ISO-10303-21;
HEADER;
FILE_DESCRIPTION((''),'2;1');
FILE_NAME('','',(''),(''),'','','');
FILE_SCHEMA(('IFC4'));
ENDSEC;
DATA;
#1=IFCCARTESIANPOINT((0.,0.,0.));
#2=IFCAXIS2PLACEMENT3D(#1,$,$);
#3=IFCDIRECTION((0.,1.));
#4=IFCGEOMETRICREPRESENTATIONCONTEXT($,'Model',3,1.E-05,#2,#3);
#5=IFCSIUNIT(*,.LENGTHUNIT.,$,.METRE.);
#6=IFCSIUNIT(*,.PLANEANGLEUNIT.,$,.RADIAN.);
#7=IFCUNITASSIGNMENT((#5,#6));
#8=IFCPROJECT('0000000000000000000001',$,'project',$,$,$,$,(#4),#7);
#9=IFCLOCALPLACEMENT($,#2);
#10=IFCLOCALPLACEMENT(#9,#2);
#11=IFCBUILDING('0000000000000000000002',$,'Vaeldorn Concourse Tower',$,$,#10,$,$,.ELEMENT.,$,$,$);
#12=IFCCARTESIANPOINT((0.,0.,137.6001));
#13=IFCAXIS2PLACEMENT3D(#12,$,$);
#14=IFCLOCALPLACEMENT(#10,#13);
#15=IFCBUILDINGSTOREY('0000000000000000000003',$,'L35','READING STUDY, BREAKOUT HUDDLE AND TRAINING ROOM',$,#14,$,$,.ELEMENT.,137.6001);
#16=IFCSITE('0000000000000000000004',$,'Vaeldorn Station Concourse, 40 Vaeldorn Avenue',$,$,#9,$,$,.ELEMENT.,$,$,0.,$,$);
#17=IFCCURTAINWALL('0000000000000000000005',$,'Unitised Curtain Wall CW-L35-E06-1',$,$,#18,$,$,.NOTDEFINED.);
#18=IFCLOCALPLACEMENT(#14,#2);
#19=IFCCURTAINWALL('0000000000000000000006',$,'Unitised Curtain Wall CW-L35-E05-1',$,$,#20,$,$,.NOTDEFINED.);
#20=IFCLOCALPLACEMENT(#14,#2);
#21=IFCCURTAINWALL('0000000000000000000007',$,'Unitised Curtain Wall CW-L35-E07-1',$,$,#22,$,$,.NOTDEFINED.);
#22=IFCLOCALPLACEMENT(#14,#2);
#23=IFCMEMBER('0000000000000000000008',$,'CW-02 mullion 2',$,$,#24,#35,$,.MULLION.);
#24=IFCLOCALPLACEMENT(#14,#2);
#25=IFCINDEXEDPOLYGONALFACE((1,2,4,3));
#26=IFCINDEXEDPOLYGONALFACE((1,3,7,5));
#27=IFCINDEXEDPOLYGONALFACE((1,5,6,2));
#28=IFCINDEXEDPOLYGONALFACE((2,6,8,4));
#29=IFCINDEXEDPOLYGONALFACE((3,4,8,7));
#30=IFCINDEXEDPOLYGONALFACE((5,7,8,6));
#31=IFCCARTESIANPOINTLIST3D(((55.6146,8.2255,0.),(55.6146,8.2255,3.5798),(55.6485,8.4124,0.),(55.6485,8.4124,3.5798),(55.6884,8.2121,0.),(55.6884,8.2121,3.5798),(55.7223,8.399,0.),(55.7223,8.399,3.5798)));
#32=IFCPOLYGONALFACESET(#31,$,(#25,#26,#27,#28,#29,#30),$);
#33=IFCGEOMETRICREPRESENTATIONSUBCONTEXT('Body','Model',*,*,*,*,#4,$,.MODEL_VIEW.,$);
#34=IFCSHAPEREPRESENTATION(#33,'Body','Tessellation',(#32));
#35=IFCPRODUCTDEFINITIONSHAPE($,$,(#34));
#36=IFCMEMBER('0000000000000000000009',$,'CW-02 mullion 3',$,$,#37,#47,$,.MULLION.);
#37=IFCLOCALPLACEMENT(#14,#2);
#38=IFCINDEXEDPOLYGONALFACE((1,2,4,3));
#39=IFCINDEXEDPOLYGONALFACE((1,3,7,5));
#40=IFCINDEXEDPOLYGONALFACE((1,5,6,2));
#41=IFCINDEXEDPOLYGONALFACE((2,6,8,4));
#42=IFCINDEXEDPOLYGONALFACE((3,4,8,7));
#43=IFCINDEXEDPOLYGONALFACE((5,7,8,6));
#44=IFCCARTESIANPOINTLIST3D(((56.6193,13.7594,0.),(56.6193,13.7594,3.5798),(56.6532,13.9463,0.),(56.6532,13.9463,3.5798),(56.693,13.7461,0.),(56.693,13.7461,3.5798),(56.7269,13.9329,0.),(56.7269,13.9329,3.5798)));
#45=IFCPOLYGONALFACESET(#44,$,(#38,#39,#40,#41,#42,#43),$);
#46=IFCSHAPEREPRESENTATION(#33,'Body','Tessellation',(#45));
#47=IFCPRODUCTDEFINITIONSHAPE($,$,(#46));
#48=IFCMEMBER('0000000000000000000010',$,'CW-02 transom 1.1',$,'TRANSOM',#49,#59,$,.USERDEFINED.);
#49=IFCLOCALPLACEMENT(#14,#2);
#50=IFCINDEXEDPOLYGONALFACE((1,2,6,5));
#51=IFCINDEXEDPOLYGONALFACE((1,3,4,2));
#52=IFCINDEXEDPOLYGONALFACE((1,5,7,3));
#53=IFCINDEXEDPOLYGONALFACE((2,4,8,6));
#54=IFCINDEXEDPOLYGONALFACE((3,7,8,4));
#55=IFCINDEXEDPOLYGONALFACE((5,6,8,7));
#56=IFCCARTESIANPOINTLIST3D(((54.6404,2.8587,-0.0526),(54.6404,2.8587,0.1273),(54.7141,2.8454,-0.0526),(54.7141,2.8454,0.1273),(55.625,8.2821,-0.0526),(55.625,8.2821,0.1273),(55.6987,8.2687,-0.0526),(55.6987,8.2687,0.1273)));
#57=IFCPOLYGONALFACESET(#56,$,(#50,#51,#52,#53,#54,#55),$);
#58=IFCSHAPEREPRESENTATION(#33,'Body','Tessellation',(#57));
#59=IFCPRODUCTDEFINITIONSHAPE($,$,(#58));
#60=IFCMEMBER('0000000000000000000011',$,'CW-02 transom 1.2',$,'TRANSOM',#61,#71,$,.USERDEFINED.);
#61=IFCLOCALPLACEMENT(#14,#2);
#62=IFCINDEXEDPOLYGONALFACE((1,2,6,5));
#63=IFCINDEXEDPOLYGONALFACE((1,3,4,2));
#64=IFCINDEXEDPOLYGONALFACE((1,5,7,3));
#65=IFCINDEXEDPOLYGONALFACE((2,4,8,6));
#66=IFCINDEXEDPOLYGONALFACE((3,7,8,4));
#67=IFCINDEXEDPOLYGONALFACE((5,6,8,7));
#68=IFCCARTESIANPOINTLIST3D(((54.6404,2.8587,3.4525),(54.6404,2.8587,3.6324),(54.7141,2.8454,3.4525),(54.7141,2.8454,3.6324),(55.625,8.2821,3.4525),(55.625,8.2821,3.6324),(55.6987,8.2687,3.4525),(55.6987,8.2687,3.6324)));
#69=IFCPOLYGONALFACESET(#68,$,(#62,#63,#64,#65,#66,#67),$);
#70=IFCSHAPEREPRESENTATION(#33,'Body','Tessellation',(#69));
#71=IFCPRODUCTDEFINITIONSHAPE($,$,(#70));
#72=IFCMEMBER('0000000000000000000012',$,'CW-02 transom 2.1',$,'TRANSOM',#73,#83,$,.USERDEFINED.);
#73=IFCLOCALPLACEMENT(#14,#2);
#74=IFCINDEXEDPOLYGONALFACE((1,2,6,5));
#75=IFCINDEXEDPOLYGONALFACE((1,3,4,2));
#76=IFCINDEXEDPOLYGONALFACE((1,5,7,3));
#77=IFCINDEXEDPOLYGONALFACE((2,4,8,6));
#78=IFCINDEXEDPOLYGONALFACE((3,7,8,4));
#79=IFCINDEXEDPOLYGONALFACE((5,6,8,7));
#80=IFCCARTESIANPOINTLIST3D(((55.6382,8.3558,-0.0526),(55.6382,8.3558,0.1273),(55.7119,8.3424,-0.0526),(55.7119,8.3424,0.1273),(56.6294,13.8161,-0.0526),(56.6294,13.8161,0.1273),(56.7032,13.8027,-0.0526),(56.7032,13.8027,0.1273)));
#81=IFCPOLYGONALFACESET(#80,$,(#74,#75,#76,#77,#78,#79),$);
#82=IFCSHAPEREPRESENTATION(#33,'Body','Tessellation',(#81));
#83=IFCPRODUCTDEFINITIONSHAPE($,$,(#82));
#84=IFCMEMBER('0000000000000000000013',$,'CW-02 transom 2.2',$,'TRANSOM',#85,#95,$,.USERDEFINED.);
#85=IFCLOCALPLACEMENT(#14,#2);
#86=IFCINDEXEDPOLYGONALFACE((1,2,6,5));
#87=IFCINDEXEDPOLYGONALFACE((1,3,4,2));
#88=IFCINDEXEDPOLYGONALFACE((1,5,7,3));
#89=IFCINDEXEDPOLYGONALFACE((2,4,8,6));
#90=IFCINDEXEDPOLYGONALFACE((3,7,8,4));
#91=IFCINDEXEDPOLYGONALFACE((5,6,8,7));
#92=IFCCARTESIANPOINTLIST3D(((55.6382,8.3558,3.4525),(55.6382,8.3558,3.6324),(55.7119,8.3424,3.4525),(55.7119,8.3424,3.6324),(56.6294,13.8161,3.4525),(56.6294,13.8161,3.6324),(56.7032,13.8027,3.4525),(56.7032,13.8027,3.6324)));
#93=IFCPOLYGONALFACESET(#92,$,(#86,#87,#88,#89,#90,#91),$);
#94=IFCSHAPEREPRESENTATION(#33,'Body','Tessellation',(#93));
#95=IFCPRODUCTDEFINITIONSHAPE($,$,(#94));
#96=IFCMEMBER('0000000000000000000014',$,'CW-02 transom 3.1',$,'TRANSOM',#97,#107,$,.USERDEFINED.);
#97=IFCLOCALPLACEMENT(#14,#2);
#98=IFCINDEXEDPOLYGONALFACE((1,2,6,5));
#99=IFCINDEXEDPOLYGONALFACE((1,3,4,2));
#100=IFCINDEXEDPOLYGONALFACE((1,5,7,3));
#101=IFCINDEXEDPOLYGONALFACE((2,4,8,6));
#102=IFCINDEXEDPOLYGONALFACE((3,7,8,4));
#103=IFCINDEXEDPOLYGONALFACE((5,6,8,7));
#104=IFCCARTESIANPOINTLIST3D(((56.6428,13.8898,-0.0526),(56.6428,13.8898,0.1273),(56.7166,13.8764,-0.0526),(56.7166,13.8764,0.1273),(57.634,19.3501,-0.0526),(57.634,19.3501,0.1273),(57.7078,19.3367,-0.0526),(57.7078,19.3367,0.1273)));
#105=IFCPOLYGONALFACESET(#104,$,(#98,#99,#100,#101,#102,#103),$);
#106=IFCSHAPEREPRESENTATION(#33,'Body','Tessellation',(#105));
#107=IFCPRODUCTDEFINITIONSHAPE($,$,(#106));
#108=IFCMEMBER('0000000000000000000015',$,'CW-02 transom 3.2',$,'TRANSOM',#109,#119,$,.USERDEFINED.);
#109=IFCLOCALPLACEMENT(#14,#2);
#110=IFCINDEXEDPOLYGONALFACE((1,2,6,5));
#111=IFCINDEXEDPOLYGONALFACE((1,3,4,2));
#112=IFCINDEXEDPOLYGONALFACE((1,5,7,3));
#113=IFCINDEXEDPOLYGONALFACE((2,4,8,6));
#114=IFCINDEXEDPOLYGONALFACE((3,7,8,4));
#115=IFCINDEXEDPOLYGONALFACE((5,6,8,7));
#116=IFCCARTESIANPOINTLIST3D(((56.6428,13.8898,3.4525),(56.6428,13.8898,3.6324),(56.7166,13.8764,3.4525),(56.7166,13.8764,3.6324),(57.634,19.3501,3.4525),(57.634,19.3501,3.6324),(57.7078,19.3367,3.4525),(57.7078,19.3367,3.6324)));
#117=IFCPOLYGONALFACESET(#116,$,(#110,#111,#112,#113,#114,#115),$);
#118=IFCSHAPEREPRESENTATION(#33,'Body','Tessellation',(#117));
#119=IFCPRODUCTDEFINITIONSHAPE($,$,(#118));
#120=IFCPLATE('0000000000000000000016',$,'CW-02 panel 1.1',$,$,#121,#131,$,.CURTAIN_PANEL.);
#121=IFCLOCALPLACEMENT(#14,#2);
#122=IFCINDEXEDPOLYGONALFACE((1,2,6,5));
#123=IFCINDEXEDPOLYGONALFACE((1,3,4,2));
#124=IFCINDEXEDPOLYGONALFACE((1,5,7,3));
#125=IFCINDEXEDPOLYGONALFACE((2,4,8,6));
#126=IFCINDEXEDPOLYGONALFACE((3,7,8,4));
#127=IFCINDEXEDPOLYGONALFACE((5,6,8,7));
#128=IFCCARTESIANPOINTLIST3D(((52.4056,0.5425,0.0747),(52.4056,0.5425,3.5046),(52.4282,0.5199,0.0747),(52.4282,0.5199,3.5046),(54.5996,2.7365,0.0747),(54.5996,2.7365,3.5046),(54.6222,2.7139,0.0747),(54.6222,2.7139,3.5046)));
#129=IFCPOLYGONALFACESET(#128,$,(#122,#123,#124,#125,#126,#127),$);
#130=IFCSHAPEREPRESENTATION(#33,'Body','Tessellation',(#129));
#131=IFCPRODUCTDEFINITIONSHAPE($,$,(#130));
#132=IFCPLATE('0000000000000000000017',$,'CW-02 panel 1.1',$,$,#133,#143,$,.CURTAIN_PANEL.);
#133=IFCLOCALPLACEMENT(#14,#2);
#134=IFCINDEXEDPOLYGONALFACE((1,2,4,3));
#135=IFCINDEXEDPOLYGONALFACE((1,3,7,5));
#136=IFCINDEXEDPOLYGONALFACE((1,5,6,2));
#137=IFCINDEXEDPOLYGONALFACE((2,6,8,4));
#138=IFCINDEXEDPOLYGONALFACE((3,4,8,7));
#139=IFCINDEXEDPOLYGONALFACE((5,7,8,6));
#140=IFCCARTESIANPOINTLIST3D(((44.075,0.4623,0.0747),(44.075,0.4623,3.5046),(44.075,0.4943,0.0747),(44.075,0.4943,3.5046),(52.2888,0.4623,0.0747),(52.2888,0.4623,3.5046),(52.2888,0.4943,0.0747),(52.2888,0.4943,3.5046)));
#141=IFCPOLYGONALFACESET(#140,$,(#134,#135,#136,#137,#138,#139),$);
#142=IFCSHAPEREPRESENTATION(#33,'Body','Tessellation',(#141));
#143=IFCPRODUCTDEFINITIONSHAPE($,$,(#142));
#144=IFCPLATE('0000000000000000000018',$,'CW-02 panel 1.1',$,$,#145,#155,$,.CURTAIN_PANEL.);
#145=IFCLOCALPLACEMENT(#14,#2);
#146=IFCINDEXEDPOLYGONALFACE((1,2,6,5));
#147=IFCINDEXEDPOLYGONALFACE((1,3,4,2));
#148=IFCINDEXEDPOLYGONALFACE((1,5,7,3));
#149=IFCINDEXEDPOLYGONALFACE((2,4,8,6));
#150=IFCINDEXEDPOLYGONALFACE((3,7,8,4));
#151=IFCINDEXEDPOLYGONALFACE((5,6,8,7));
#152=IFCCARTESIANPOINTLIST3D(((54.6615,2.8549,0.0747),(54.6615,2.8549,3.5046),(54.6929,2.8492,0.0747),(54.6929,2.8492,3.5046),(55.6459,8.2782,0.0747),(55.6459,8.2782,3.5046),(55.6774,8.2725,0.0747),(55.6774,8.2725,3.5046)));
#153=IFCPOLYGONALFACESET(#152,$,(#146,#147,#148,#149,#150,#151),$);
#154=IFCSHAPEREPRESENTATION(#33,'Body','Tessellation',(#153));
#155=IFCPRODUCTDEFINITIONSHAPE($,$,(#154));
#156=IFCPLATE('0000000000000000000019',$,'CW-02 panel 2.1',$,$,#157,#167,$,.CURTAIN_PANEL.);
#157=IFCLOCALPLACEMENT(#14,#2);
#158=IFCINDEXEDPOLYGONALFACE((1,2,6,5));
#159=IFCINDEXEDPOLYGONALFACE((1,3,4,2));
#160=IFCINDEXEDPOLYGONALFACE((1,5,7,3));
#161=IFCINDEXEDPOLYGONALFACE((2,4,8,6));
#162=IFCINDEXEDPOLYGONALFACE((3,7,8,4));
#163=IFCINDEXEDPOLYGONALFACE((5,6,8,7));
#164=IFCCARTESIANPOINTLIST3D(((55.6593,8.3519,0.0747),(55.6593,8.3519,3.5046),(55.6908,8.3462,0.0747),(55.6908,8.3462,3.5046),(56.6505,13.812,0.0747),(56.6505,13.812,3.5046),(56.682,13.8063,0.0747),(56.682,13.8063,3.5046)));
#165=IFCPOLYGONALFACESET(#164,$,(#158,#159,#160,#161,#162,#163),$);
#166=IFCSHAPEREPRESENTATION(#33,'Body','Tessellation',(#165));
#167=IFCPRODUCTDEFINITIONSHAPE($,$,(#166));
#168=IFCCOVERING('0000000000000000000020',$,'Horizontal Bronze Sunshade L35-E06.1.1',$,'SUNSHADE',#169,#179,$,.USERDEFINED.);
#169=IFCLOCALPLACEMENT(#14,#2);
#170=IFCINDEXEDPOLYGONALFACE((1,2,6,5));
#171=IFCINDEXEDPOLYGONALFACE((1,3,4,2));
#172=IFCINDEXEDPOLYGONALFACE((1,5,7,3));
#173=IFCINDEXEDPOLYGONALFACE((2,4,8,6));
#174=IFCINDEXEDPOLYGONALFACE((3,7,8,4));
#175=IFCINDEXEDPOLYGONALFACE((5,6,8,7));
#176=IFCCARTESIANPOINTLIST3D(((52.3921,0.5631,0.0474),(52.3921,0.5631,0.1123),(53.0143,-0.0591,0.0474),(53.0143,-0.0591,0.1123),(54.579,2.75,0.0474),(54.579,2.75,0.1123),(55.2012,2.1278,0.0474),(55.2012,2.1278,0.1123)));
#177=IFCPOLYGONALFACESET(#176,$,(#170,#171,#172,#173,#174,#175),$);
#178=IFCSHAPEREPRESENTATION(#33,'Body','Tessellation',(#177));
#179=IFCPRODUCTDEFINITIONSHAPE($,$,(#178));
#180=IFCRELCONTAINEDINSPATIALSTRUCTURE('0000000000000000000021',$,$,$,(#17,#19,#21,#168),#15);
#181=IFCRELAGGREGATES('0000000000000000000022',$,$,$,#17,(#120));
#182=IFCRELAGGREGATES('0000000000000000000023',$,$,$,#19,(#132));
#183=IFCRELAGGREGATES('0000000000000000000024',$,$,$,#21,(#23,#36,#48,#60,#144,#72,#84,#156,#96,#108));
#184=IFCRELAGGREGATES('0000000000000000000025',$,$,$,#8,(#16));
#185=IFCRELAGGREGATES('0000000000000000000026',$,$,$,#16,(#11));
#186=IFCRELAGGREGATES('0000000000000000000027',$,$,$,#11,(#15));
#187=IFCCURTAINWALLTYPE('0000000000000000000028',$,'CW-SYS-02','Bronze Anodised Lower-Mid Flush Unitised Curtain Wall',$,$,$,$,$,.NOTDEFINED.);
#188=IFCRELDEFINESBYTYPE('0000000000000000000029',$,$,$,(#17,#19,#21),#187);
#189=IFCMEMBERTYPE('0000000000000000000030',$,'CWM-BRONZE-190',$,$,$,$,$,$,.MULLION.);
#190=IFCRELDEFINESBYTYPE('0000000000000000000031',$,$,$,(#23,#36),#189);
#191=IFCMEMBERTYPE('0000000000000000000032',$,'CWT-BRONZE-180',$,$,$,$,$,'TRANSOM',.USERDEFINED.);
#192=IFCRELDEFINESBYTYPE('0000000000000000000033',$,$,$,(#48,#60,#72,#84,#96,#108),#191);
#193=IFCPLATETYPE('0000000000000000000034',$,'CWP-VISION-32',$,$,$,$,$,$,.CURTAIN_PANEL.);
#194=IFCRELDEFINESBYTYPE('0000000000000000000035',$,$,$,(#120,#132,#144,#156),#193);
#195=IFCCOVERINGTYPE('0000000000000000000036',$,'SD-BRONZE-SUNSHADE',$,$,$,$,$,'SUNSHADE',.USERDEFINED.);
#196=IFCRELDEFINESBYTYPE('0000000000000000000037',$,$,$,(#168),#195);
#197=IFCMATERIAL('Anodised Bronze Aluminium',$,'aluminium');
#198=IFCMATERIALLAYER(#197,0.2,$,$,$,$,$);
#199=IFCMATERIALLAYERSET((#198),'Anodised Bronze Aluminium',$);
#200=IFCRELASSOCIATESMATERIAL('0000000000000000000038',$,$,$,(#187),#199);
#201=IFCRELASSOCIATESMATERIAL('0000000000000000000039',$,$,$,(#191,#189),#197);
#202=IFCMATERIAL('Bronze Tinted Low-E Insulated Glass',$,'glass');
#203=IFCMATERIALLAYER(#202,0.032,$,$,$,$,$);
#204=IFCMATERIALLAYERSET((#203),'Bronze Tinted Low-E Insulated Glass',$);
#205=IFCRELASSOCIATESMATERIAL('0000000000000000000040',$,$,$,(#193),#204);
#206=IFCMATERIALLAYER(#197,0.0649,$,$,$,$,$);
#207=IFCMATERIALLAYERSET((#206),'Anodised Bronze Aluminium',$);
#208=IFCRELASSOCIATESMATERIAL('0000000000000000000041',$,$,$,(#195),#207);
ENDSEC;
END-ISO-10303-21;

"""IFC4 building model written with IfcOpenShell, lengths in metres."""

from ifc_helpers import new_model, si_unit, direction, frame, origin, origin_2d, place, context, subcontext, project, spatial, rectangle, extrude, source, transform, mapped, material, layer, layer_set, material_profile, profile_set, type_object, element, aggregate, save


model = new_model("IFC4")

# Units and contexts
model_context = context("Model", 3, precision=1e-05, world=origin(), true_north=direction((0.0, 1.0)))
body_context = subcontext(model_context, "Body", "Model", "MODEL_VIEW")
ifc_project = project(units=[si_unit("LENGTHUNIT", "METRE"), si_unit("PLANEANGLEUNIT", "RADIAN")], contexts=[model_context])

# Site, building, storey
site_placement = place(None, origin())
site = spatial("IfcSite", under=ifc_project, at=site_placement, Name="Vaeldorn Station Concourse, 40 Vaeldorn Avenue", CompositionType="ELEMENT", RefElevation=0.0)
building_placement = place(site_placement, origin())
building = spatial("IfcBuilding", under=site, at=building_placement, Name="Vaeldorn Concourse Tower", CompositionType="ELEMENT")
storey_placement = place(building_placement, frame((0.0, 0.0, 137.6001)))
storey = spatial("IfcBuildingStorey", under=building, at=storey_placement, Name="L35", Description="READING STUDY, BREAKOUT HUDDLE AND TRAINING ROOM", CompositionType="ELEMENT", Elevation=137.6001)

# Curtain wall
ifc_material_1 = material(Name="Anodised Bronze Aluminium", Category="aluminium")
ifc_layer_1 = layer(ifc_material_1, 0.2)
ifc_layer_set_1 = layer_set([ifc_layer_1], Name="Anodised Bronze Aluminium")
curtain_wall_type = type_object("IfcCurtainWallType", Name="CW-SYS-02", Description="Bronze Anodised Lower-Mid Flush Unitised Curtain Wall", PredefinedType="NOTDEFINED", material=ifc_layer_set_1)
curtain_wall_1_placement = place(storey_placement, origin())
curtain_wall_1 = element("IfcCurtainWall", 1, at=curtain_wall_1_placement, inside=storey, type_object=curtain_wall_type, Name="Unitised Curtain Wall CW-L35-E06-1", PredefinedType="NOTDEFINED")
ifc_material_profile_1 = material_profile(ifc_material_1, rectangle(XDim=0.075, YDim=0.1799, at=origin_2d()), Name="CWT 75x180")
ifc_profile_set_1 = profile_set([ifc_material_profile_1], Name="Anodised Bronze Aluminium")
member_type_1 = type_object("IfcMemberType", Name="CWT-BRONZE-180", ElementType="TRANSOM", PredefinedType="USERDEFINED", material=ifc_profile_set_1)

# Curtain wall
curtain_wall_2_placement = place(storey_placement, origin())
curtain_wall_2 = element("IfcCurtainWall", 2, at=curtain_wall_2_placement, inside=storey, type_object=curtain_wall_type, Name="Unitised Curtain Wall CW-L35-E05-1", PredefinedType="NOTDEFINED")
ifc_material_profile_2 = material_profile(ifc_material_1, rectangle(XDim=0.075, YDim=0.1899, at=origin_2d()), Name="CWM 75x190")
ifc_profile_set_2 = profile_set([ifc_material_profile_2], Name="Anodised Bronze Aluminium")
member_type_2 = type_object("IfcMemberType", Name="CWM-BRONZE-190", PredefinedType="MULLION", material=ifc_profile_set_2)
shared_shape_1 = source(origin(), body_context, "Body", "SweptSolid", [
    extrude(rectangle(XDim=0.075, YDim=0.1899, at=origin_2d()), origin(), (0.0, 0.0, 1.0), 3.5798),
])

# Curtain wall, members
curtain_wall_3_placement = place(storey_placement, origin())
curtain_wall_3 = element("IfcCurtainWall", 3, at=curtain_wall_3_placement, inside=storey, type_object=curtain_wall_type, Name="Unitised Curtain Wall CW-L35-E07-1", PredefinedType="NOTDEFINED")
member_1_placement = place(storey_placement, frame((55.6685, 8.3123, 0.0), z_axis=(0.0, 0.0, 1.0), x_axis=(-0.98392, 0.178608, 0.0)))
member_1 = element("IfcMember", 4, at=member_1_placement, type_object=member_type_2, Name="CW-02 mullion 2", PredefinedType="MULLION", context=body_context, shape_type="MappedRepresentation", body=[
    mapped(shared_shape_1, transform((0.0, 0.0, 0.0), scale=1.0)),
])
member_2_placement = place(storey_placement, frame((56.6731, 13.8462, 0.0), z_axis=(0.0, 0.0, 1.0), x_axis=(-0.98392, 0.178608, 0.0)))
member_2 = element("IfcMember", 5, at=member_2_placement, type_object=member_type_2, Name="CW-02 mullion 3", PredefinedType="MULLION", context=body_context, shape_type="MappedRepresentation", body=[
    mapped(shared_shape_1, transform((0.0, 0.0, 0.0), scale=1.0)),
])
shared_shape_2 = source(origin(), body_context, "Body", "SweptSolid", [
    extrude(rectangle(XDim=0.075, YDim=0.1799, at=origin_2d()), origin(), (0.0, 0.0, 1.0), 5.512),
])
member_3_placement = place(storey_placement, frame((54.6772, 2.8521, 0.0374), z_axis=(0.178632, 0.983916, 0.0), x_axis=(-0.983916, 0.178632, 0.0)))
member_3 = element("IfcMember", 6, at=member_3_placement, type_object=member_type_1, Name="CW-02 transom 1.1", ObjectType="TRANSOM", PredefinedType="USERDEFINED", context=body_context, shape_type="MappedRepresentation", body=[
    mapped(shared_shape_2, transform((0.0, 0.0, 0.0), scale=1.0)),
])
member_4_placement = place(storey_placement, frame((54.6772, 2.8521, 3.5425), z_axis=(0.178632, 0.983916, 0.0), x_axis=(-0.983916, 0.178632, 0.0)))
member_4 = element("IfcMember", 7, at=member_4_placement, type_object=member_type_1, Name="CW-02 transom 1.2", ObjectType="TRANSOM", PredefinedType="USERDEFINED", context=body_context, shape_type="MappedRepresentation", body=[
    mapped(shared_shape_2, transform((0.0, 0.0, 0.0), scale=1.0)),
])
shared_shape_3 = source(origin(), body_context, "Body", "SweptSolid", [
    extrude(rectangle(XDim=0.075, YDim=0.1799, at=origin_2d()), origin(), (0.0, 0.0, 1.0), 5.5496),
])
member_5_placement = place(storey_placement, frame((55.675, 8.3491, 0.0374), z_axis=(0.178614, 0.983919, 0.0), x_axis=(-0.983919, 0.178614, 0.0)))
member_5 = element("IfcMember", 8, at=member_5_placement, type_object=member_type_1, Name="CW-02 transom 2.1", ObjectType="TRANSOM", PredefinedType="USERDEFINED", context=body_context, shape_type="MappedRepresentation", body=[
    mapped(shared_shape_3, transform((0.0, 0.0, 0.0), scale=1.0)),
])
member_6_placement = place(storey_placement, frame((55.675, 8.3491, 3.5425), z_axis=(0.178614, 0.983919, 0.0), x_axis=(-0.983919, 0.178614, 0.0)))
member_6 = element("IfcMember", 9, at=member_6_placement, type_object=member_type_1, Name="CW-02 transom 2.2", ObjectType="TRANSOM", PredefinedType="USERDEFINED", context=body_context, shape_type="MappedRepresentation", body=[
    mapped(shared_shape_3, transform((0.0, 0.0, 0.0), scale=1.0)),
])
member_7_placement = place(storey_placement, frame((56.6797, 13.8831, 0.0374), z_axis=(0.178614, 0.983919, 0.0), x_axis=(-0.983919, 0.178614, 0.0)))
member_7 = element("IfcMember", 10, at=member_7_placement, type_object=member_type_1, Name="CW-02 transom 3.1", ObjectType="TRANSOM", PredefinedType="USERDEFINED", context=body_context, shape_type="MappedRepresentation", body=[
    mapped(shared_shape_3, transform((0.0, 0.0, 0.0), scale=1.0)),
])
member_8_placement = place(storey_placement, frame((56.6797, 13.8831, 3.5425), z_axis=(0.178614, 0.983919, 0.0), x_axis=(-0.983919, 0.178614, 0.0)))
member_8 = element("IfcMember", 11, at=member_8_placement, type_object=member_type_1, Name="CW-02 transom 3.2", ObjectType="TRANSOM", PredefinedType="USERDEFINED", context=body_context, shape_type="MappedRepresentation", body=[
    mapped(shared_shape_3, transform((0.0, 0.0, 0.0), scale=1.0)),
])

# Plates
ifc_material_2 = material(Name="Bronze Tinted Low-E Insulated Glass", Category="glass")
ifc_layer_2 = layer(ifc_material_2, 0.032)
ifc_layer_set_2 = layer_set([ifc_layer_2], Name="Bronze Tinted Low-E Insulated Glass")
plate_type = type_object("IfcPlateType", Name="CWP-VISION-32", PredefinedType="CURTAIN_PANEL", material=ifc_layer_set_2)
shared_shape_4 = source(origin(), body_context, "Body", "SweptSolid", [
    extrude(rectangle(XDim=3.1028, YDim=0.032, at=origin_2d()), origin(), (0.0, 0.0, 1.0), 3.4299),
])
plate_1_placement = place(storey_placement, frame((53.5139, 1.6282, 0.0747), z_axis=(0.0, 0.0, 1.0), x_axis=(0.707107, 0.707107, 0.0)))
plate_1 = element("IfcPlate", 12, at=plate_1_placement, type_object=plate_type, Name="CW-02 panel 1.1", PredefinedType="CURTAIN_PANEL", context=body_context, shape_type="MappedRepresentation", body=[
    mapped(shared_shape_4, transform((0.0, 0.0, 0.0), scale=1.0)),
])
aggregate(curtain_wall_1, [plate_1])
shared_shape_5 = source(origin(), body_context, "Body", "SweptSolid", [
    extrude(rectangle(XDim=8.2139, YDim=0.032, at=origin_2d()), origin(), (0.0, 0.0, 1.0), 3.4299),
])
plate_2_placement = place(storey_placement, frame((48.1819, 0.4783, 0.0747), z_axis=(0.0, 0.0, 1.0), x_axis=(1.0, 0.0, 0.0)))
plate_2 = element("IfcPlate", 13, at=plate_2_placement, type_object=plate_type, Name="CW-02 panel 1.1", PredefinedType="CURTAIN_PANEL", context=body_context, shape_type="MappedRepresentation", body=[
    mapped(shared_shape_5, transform((0.0, 0.0, 0.0), scale=1.0)),
])
aggregate(curtain_wall_2, [plate_2])
shared_shape_6 = source(origin(), body_context, "Body", "SweptSolid", [
    extrude(rectangle(XDim=5.512, YDim=0.032, at=origin_2d()), origin(), (0.0, 0.0, 1.0), 3.4299),
])
plate_3_placement = place(storey_placement, frame((55.1694, 5.5637, 0.0747), z_axis=(0.0, 0.0, 1.0), x_axis=(0.178608, 0.98392, 0.0)))
plate_3 = element("IfcPlate", 14, at=plate_3_placement, type_object=plate_type, Name="CW-02 panel 1.1", PredefinedType="CURTAIN_PANEL", context=body_context, shape_type="MappedRepresentation", body=[
    mapped(shared_shape_6, transform((0.0, 0.0, 0.0), scale=1.0)),
])
shared_shape_7 = source(origin(), body_context, "Body", "SweptSolid", [
    extrude(rectangle(XDim=5.5493, YDim=0.032, at=origin_2d()), origin(), (0.0, 0.0, 1.0), 3.4299),
])
plate_4_placement = place(storey_placement, frame((56.1707, 11.0791, 0.0747), z_axis=(0.0, 0.0, 1.0), x_axis=(0.178608, 0.98392, 0.0)))
plate_4 = element("IfcPlate", 15, at=plate_4_placement, type_object=plate_type, Name="CW-02 panel 2.1", PredefinedType="CURTAIN_PANEL", context=body_context, shape_type="MappedRepresentation", body=[
    mapped(shared_shape_7, transform((0.0, 0.0, 0.0), scale=1.0)),
])
aggregate(curtain_wall_3, [member_1, member_2, member_3, member_4, plate_3, member_5, member_6, plate_4, member_7, member_8])

# Covering
ifc_layer_3 = layer(ifc_material_1, 0.0649)
ifc_layer_set_3 = layer_set([ifc_layer_3], Name="Anodised Bronze Aluminium")
covering_type = type_object("IfcCoveringType", Name="SD-BRONZE-SUNSHADE", ElementType="SUNSHADE", PredefinedType="USERDEFINED", material=ifc_layer_set_3)
shared_shape_8 = source(origin(), body_context, "Body", "SweptSolid", [
    extrude(rectangle(XDim=3.0928, YDim=0.8799, at=origin_2d()), origin(), (0.0, 0.0, 1.0), 0.0649),
])
for number, where, z_axis, x_axis, name in (
    (16, (53.7966, 1.3455, 0.0474), (0.0, 0.0, 1.0), (0.707107, 0.707107, 0.0), "Horizontal Bronze Sunshade L35-E06.1.1"),
):
    element("IfcCovering", number, at=place(storey_placement, frame(where, z_axis=z_axis, x_axis=x_axis)), inside=storey, type_object=covering_type, Name=name, ObjectType="SUNSHADE", PredefinedType="USERDEFINED", context=body_context, shape_type="MappedRepresentation", body=[
        mapped(shared_shape_8, transform((0.0, 0.0, 0.0), scale=1.0)),
    ])

save(model, "model.ifc")
